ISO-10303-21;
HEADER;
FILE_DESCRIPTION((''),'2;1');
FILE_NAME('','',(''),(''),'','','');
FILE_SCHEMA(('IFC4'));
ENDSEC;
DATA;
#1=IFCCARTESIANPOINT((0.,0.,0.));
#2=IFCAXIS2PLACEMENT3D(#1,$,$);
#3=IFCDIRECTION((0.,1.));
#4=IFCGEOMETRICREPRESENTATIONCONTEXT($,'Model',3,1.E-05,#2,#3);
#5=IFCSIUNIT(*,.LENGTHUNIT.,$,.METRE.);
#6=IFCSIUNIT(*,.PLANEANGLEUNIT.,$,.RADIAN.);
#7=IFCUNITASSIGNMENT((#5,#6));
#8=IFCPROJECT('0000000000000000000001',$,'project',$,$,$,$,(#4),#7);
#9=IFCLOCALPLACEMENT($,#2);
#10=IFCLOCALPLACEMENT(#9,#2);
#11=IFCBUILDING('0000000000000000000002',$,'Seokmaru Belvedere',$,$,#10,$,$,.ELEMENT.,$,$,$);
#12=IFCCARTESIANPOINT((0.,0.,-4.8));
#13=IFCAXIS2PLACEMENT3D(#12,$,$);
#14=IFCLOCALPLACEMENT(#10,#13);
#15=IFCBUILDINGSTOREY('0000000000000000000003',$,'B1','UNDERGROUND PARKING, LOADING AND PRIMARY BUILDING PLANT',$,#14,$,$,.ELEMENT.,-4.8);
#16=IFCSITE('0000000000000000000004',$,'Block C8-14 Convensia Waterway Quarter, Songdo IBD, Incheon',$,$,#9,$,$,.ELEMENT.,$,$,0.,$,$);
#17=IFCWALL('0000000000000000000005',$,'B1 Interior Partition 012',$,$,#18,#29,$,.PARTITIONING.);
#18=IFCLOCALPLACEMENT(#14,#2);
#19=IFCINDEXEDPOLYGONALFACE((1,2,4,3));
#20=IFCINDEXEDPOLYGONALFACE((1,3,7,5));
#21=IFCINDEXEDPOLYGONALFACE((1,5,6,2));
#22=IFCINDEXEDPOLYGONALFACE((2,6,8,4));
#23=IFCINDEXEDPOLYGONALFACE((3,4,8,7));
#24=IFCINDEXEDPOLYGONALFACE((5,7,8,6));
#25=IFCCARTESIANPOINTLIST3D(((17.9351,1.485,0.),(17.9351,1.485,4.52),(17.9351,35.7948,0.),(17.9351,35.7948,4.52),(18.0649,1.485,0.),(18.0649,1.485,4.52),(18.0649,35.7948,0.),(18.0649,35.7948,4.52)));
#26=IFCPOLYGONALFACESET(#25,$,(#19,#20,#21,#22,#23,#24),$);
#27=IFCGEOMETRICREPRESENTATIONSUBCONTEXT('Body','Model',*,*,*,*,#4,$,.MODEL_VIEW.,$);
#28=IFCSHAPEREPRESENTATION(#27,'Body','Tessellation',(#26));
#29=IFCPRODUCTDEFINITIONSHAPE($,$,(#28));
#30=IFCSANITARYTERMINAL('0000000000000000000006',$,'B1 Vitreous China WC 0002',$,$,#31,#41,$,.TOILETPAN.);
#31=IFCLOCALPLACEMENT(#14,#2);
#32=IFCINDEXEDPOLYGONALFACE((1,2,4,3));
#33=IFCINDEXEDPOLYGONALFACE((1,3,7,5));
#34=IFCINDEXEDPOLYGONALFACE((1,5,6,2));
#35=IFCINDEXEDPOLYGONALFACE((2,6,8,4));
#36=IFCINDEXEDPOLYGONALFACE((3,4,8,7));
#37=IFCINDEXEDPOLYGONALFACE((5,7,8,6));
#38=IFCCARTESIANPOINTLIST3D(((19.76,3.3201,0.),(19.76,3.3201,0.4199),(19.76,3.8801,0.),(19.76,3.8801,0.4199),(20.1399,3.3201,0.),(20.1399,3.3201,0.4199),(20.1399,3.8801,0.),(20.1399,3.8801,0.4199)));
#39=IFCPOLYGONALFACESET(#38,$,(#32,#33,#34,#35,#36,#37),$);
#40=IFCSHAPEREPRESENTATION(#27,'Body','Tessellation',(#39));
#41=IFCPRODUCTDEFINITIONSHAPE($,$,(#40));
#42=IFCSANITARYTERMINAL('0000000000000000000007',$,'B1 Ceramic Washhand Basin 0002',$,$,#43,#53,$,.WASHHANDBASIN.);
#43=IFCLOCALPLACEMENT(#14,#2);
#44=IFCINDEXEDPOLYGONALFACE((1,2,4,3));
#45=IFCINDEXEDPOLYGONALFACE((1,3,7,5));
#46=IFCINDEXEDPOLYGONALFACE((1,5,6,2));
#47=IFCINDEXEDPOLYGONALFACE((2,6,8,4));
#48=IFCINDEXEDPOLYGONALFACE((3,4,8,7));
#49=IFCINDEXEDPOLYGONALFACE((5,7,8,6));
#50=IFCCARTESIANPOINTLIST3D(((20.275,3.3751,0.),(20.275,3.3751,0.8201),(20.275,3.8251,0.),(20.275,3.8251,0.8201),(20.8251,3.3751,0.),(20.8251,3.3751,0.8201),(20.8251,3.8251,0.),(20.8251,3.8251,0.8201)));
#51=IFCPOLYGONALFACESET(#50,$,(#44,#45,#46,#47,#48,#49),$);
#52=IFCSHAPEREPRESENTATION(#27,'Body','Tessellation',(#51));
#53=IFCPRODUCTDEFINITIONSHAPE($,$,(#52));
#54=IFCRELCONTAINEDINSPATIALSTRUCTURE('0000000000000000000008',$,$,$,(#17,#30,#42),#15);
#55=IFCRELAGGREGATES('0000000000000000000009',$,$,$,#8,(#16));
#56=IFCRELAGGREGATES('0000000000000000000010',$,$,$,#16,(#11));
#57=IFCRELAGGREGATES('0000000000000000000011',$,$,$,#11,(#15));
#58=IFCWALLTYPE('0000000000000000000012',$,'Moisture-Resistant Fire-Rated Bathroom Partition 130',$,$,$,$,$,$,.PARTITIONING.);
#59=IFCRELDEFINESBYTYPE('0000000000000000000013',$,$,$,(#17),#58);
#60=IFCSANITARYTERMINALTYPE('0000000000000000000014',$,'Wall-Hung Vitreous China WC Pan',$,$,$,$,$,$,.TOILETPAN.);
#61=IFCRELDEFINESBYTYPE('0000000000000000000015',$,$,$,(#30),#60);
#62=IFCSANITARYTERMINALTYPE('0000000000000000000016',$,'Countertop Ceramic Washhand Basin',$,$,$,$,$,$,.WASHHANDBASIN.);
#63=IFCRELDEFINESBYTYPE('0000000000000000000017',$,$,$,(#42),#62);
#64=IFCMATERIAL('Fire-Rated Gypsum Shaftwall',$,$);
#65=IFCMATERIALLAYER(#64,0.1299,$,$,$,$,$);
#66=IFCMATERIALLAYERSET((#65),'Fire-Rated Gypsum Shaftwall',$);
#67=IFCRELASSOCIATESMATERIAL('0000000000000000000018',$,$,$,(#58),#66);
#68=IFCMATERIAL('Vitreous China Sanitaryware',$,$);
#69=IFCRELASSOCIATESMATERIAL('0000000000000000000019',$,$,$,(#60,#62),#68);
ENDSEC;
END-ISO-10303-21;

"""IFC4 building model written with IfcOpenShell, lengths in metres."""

from ifc_helpers import new_model, si_unit, direction, frame, frame_2d, origin, origin_2d, place, context, subcontext, project, spatial, rectangle, extrude, source, transform, mapped, material, layer, layer_set, type_object, type_shapes, element, save


model = new_model("IFC4")

# Units and contexts
model_context = context("Model", 3, precision=1e-05, world=origin(), true_north=direction((0.0, 1.0)))
body_context = subcontext(model_context, "Body", "Model", "MODEL_VIEW")
ifc_project = project(units=[si_unit("LENGTHUNIT", "METRE"), si_unit("PLANEANGLEUNIT", "RADIAN")], contexts=[model_context])

# Site, building, storey
site_placement = place(None, origin())
site = spatial("IfcSite", under=ifc_project, at=site_placement, Name="Block C8-14 Convensia Waterway Quarter, Songdo IBD, Incheon", CompositionType="ELEMENT", RefElevation=0.0)
building_placement = place(site_placement, origin())
building = spatial("IfcBuilding", under=site, at=building_placement, Name="Seokmaru Belvedere", CompositionType="ELEMENT")
storey_placement = place(building_placement, frame((0.0, 0.0, -4.8)))
storey = spatial("IfcBuildingStorey", under=building, at=storey_placement, Name="B1", Description="UNDERGROUND PARKING, LOADING AND PRIMARY BUILDING PLANT", CompositionType="ELEMENT", Elevation=-4.8)

# Wall
ifc_material_1 = material(Name="Fire-Rated Gypsum Shaftwall")
ifc_layer_1 = layer(ifc_material_1, 0.1299)
ifc_layer_set_1 = layer_set([ifc_layer_1], Name="Fire-Rated Gypsum Shaftwall")
wall_type_1 = type_object("IfcWallType", Name="Moisture-Resistant Fire-Rated Bathroom Partition 130", PredefinedType="PARTITIONING", material=ifc_layer_set_1)
wall_1_placement = place(storey_placement, frame((18.0, 1.4851, 0.0), z_axis=(0.0, 0.0, 1.0), x_axis=(0.0, 1.0, 0.0)))
element("IfcWall", 1, at=wall_1_placement, inside=storey, type_object=wall_type_1, Name="B1 Interior Partition 012", PredefinedType="PARTITIONING", context=body_context, shape_type="SweptSolid", body=[
    extrude(rectangle(XDim=34.3098, YDim=0.1299, at=frame_2d((17.1548, 0.0))), origin(), (0.0, 0.0, 1.0), 4.52),
])

# Sanitary terminals
ifc_material_2 = material(Name="Vitreous China Sanitaryware")
sanitary_terminal_type_1 = type_object("IfcSanitaryTerminalType", Name="Wall-Hung Vitreous China WC Pan", PredefinedType="TOILETPAN", material=ifc_material_2)
shared_shape_1 = source(origin(), body_context, "Body", "SweptSolid", [
    extrude(rectangle(XDim=0.3799, YDim=0.5601, at=origin_2d()), origin(), (0.0, 0.0, 1.0), 0.4199),
])
type_shapes(sanitary_terminal_type_1, [shared_shape_1])
sanitary_terminal_1_placement = place(storey_placement, frame((19.95, 3.6001, 0.0), z_axis=(0.0, 0.0, 1.0), x_axis=(1.0, 0.0, 0.0)))
element("IfcSanitaryTerminal", 2, at=sanitary_terminal_1_placement, inside=storey, type_object=sanitary_terminal_type_1, Name="B1 Vitreous China WC 0002", PredefinedType="TOILETPAN", context=body_context, shape_type="MappedRepresentation", body=[
    mapped(shared_shape_1, transform((0.0, 0.0, 0.0), scale=1.0)),
])
sanitary_terminal_type_2 = type_object("IfcSanitaryTerminalType", Name="Countertop Ceramic Washhand Basin", PredefinedType="WASHHANDBASIN", material=ifc_material_2)
shared_shape_2 = source(origin(), body_context, "Body", "SweptSolid", [
    extrude(rectangle(XDim=0.55, YDim=0.45, at=origin_2d()), origin(), (0.0, 0.0, 1.0), 0.8201),
])
type_shapes(sanitary_terminal_type_2, [shared_shape_2])
sanitary_terminal_2_placement = place(storey_placement, frame((20.55, 3.6001, 0.0), z_axis=(0.0, 0.0, 1.0), x_axis=(1.0, 0.0, 0.0)))
element("IfcSanitaryTerminal", 3, at=sanitary_terminal_2_placement, inside=storey, type_object=sanitary_terminal_type_2, Name="B1 Ceramic Washhand Basin 0002", PredefinedType="WASHHANDBASIN", context=body_context, shape_type="MappedRepresentation", body=[
    mapped(shared_shape_2, transform((0.0, 0.0, 0.0), scale=1.0)),
])

save(model, "model.ifc")
